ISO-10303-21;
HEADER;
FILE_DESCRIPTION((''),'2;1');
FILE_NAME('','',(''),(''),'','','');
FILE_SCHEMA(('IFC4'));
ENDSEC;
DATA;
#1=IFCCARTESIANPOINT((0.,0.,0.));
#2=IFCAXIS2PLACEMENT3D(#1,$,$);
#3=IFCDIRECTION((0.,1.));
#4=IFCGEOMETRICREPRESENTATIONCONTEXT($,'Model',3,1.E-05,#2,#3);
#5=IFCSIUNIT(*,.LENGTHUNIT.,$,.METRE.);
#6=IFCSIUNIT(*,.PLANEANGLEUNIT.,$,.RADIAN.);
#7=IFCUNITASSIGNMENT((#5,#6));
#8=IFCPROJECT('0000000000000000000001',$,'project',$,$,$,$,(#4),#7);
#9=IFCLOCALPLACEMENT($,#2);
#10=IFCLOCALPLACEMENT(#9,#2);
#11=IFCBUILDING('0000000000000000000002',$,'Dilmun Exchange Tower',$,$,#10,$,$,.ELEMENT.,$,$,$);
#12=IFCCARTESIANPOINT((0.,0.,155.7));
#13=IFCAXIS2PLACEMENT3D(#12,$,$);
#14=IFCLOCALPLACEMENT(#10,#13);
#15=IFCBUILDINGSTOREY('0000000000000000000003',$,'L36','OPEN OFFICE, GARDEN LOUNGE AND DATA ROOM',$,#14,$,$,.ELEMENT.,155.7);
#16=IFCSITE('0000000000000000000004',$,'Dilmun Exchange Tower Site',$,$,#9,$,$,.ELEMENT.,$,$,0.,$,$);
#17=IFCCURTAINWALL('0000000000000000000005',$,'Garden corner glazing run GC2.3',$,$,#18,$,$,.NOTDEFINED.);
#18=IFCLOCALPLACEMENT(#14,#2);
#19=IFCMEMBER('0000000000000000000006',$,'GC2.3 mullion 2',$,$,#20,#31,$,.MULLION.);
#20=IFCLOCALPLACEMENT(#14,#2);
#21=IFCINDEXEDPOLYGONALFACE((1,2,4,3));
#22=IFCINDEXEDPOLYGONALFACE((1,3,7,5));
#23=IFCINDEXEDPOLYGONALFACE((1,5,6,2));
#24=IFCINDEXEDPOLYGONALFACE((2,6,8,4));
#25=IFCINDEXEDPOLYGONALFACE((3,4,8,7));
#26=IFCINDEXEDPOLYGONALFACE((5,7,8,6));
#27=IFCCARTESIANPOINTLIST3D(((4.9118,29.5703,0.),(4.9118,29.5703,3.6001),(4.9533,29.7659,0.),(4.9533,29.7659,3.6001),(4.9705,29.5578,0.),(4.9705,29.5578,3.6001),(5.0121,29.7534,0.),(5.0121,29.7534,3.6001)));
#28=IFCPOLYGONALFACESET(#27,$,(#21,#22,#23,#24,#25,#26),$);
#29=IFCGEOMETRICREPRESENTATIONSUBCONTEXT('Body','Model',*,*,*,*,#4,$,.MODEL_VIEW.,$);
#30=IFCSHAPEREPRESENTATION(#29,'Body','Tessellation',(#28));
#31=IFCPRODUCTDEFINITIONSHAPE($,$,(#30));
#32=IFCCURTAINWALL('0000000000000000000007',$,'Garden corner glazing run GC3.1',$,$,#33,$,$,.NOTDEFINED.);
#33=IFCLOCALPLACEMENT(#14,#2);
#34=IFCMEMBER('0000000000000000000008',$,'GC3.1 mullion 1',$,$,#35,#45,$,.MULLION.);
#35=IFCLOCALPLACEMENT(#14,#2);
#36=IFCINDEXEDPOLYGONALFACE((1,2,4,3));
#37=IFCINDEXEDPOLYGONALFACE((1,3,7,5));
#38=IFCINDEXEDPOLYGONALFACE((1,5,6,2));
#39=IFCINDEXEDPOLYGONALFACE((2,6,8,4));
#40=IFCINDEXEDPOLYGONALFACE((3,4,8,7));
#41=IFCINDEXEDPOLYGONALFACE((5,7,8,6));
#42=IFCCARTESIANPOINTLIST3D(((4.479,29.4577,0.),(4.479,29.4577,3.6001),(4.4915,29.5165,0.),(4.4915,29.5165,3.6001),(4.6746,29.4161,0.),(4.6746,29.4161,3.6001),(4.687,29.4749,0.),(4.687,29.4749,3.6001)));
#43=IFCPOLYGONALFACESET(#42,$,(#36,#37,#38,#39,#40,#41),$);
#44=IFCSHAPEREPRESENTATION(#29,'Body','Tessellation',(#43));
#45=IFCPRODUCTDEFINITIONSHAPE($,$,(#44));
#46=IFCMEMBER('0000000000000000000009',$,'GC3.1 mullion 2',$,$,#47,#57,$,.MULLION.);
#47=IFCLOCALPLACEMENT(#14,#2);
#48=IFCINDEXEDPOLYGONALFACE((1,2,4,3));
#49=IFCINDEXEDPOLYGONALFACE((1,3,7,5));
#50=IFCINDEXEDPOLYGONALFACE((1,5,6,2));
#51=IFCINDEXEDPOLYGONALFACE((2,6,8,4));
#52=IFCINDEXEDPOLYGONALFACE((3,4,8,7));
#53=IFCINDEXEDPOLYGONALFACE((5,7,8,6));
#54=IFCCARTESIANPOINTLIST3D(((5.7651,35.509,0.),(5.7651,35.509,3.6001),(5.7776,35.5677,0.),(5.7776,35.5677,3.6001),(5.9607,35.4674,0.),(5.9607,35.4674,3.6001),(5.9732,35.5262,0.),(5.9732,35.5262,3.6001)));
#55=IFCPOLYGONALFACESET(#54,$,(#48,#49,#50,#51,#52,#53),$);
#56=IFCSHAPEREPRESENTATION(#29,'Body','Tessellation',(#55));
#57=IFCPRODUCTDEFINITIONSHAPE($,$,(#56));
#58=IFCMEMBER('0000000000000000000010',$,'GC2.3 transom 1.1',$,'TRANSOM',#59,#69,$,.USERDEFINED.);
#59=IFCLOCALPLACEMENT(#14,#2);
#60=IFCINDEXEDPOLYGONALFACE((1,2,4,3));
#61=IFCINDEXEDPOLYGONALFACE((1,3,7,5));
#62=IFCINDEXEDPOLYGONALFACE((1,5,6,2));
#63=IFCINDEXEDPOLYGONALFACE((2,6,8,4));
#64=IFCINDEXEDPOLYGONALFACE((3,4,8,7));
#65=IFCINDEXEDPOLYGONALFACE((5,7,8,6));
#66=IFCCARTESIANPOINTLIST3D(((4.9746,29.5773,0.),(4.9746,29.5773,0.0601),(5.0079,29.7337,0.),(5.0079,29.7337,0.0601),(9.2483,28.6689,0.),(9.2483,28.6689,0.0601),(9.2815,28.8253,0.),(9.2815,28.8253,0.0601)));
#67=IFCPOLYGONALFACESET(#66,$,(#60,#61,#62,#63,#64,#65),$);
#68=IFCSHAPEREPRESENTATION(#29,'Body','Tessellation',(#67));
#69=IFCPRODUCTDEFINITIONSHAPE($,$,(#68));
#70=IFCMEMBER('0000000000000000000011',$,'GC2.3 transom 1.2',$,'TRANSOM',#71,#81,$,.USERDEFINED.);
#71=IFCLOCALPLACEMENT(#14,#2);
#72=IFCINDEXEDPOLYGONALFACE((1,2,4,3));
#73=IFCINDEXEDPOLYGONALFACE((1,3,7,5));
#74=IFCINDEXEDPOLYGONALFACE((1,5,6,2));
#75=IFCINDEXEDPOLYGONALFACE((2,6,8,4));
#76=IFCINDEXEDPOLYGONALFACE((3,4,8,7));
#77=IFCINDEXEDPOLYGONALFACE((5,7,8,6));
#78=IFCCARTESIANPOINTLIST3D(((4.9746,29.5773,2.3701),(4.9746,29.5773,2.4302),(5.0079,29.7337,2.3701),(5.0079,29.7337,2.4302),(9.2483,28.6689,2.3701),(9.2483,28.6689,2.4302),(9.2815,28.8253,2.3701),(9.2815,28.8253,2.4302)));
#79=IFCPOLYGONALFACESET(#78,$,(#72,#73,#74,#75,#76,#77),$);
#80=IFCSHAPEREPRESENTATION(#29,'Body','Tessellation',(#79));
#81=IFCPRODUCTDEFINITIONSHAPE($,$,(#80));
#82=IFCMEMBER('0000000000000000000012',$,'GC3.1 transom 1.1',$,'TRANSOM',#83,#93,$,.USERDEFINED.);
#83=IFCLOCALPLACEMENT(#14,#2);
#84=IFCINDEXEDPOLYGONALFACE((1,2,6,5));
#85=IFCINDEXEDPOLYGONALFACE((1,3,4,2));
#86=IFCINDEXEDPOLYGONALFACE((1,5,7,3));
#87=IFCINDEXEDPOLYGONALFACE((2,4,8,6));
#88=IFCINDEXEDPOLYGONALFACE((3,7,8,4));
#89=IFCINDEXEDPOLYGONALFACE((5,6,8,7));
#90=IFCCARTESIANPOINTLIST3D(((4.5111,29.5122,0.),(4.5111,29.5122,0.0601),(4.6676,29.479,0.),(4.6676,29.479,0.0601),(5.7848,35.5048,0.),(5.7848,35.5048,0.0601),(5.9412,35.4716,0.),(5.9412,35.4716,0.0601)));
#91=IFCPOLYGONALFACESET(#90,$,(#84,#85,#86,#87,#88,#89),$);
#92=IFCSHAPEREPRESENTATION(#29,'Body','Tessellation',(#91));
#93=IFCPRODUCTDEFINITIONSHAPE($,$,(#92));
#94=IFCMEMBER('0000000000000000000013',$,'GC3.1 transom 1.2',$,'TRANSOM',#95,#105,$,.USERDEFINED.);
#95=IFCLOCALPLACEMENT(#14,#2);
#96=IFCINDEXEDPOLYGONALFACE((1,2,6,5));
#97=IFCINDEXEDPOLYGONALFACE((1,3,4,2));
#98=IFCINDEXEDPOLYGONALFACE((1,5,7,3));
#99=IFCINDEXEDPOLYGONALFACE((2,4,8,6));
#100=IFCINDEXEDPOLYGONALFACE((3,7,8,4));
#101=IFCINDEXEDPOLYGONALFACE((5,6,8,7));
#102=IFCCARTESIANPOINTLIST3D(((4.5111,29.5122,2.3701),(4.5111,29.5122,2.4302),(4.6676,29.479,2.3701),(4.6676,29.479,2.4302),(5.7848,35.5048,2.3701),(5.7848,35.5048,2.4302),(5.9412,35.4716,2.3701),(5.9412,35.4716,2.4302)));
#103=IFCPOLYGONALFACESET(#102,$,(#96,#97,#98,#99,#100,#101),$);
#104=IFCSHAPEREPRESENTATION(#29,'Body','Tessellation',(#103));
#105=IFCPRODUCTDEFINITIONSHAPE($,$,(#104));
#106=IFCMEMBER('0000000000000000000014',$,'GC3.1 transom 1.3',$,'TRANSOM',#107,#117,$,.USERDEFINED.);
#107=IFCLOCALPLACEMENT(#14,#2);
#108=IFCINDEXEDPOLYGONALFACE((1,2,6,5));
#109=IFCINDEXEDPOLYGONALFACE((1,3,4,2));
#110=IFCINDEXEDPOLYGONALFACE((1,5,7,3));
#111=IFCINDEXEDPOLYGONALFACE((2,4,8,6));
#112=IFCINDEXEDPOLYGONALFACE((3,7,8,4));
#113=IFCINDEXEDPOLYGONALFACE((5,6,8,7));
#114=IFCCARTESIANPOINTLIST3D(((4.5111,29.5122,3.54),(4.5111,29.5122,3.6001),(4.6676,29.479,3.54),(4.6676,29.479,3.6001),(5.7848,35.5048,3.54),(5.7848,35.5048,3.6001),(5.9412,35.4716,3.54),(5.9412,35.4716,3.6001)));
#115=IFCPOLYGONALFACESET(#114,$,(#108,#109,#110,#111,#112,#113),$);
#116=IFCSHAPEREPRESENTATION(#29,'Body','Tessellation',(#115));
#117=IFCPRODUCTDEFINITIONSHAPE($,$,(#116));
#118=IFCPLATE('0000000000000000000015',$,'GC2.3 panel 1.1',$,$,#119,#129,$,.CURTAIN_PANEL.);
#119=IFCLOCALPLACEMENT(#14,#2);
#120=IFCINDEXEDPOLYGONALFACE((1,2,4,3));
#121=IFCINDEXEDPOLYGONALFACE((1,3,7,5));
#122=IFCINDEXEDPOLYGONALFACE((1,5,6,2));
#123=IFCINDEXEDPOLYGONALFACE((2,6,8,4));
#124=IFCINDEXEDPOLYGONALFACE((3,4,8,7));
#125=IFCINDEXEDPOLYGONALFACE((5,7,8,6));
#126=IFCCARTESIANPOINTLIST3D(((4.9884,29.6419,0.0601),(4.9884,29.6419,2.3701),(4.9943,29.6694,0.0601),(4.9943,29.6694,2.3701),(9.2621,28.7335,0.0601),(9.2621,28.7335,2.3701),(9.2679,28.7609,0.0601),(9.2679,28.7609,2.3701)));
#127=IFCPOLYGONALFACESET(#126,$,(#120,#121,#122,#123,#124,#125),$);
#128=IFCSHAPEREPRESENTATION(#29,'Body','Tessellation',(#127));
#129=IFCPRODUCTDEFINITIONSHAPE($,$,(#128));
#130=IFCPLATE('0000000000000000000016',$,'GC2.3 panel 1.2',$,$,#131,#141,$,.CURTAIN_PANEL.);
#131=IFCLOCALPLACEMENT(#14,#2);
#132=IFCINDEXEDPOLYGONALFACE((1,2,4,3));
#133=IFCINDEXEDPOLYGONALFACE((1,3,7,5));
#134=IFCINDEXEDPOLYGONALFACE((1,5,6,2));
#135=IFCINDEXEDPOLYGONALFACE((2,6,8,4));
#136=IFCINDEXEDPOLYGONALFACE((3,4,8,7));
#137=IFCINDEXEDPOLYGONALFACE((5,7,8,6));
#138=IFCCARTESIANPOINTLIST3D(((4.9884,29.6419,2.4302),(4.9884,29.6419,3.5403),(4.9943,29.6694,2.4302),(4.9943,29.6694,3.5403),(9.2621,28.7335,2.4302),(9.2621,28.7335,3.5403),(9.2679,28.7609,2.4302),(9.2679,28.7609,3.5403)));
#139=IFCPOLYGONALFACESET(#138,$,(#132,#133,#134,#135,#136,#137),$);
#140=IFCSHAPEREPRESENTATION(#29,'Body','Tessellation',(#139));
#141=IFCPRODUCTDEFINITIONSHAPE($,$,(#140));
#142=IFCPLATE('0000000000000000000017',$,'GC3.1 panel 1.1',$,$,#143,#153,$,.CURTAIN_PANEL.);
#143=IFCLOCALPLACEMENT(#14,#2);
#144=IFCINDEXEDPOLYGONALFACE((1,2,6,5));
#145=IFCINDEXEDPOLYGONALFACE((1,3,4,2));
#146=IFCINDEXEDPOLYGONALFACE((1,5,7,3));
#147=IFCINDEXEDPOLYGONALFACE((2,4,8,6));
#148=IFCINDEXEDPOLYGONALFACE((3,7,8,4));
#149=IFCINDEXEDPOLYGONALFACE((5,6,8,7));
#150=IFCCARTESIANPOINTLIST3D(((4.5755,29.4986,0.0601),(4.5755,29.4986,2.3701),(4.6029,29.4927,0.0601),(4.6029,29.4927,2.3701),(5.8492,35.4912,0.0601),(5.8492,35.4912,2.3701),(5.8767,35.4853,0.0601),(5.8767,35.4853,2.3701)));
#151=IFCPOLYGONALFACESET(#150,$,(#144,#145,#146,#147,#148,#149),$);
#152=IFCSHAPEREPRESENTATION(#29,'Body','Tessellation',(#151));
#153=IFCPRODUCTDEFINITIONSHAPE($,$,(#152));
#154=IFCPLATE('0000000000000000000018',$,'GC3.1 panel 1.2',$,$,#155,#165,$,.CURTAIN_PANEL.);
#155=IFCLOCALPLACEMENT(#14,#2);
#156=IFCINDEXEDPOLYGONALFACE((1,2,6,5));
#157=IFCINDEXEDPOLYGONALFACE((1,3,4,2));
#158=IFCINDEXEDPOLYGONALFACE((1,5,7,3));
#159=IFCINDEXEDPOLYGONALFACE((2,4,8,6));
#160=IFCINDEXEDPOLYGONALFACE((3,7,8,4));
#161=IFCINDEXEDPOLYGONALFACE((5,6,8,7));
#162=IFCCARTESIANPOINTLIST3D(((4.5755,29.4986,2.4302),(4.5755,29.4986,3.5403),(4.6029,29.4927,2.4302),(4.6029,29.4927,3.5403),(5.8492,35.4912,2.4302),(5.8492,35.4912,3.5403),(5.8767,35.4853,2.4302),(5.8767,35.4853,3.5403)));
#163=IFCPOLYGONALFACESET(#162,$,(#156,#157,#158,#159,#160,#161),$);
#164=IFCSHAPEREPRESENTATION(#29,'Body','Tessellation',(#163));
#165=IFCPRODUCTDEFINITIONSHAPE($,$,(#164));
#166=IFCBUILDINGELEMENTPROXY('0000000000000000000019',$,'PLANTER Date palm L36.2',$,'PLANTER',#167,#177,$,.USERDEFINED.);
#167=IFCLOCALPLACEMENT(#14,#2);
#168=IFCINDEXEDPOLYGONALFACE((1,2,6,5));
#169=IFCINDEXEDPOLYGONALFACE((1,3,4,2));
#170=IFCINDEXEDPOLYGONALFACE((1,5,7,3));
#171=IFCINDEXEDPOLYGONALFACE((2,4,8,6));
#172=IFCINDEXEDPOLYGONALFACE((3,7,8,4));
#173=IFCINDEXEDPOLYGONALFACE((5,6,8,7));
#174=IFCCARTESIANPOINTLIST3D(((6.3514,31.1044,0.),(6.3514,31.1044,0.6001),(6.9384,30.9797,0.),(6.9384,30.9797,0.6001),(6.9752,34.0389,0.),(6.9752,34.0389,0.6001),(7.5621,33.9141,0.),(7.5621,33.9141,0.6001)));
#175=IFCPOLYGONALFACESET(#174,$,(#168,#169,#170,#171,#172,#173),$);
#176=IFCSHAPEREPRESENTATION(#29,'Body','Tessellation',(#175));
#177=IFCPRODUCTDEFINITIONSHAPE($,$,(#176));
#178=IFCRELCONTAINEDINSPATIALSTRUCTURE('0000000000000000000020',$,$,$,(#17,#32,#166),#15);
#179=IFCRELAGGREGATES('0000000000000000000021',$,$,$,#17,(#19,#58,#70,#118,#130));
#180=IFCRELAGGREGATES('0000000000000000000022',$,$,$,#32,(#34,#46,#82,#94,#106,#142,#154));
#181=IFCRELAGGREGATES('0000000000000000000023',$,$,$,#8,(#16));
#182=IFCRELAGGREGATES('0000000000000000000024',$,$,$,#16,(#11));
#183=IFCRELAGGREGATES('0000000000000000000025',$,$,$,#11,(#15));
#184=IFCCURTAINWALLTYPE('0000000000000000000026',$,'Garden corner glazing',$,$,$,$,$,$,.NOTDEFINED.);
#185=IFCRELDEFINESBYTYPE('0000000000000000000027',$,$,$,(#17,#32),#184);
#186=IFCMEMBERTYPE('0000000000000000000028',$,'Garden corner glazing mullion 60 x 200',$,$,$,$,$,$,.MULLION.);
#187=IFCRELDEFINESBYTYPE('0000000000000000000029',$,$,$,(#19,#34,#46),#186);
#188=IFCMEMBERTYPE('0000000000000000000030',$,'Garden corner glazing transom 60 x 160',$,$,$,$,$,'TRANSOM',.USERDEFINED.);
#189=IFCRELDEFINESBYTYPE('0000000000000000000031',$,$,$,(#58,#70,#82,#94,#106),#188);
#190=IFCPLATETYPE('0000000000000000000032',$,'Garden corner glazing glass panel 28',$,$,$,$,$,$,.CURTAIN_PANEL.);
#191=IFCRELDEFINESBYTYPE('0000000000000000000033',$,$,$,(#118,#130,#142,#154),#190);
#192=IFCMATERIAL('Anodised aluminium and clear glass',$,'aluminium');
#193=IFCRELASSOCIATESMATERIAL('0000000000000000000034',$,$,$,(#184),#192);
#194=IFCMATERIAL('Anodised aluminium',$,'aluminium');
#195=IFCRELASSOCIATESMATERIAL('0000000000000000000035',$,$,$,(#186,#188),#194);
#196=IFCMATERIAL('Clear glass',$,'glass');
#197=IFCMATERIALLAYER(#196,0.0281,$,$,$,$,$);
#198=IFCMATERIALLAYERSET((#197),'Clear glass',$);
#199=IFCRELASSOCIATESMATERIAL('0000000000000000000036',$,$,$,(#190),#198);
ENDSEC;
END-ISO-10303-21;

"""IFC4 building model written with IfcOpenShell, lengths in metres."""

from ifc_helpers import new_model, si_unit, direction, frame, origin, origin_2d, place, context, subcontext, project, spatial, rectangle, extrude, material, layer, layer_set, material_profile, profile_set, type_object, element, aggregate, save


model = new_model("IFC4")

# Units and contexts
model_context = context("Model", 3, precision=1e-05, world=origin(), true_north=direction((0.0, 1.0)))
body_context = subcontext(model_context, "Body", "Model", "MODEL_VIEW")
ifc_project = project(units=[si_unit("LENGTHUNIT", "METRE"), si_unit("PLANEANGLEUNIT", "RADIAN")], contexts=[model_context])

# Site, building, storey
site_placement = place(None, origin())
site = spatial("IfcSite", under=ifc_project, at=site_placement, Name="Dilmun Exchange Tower Site", CompositionType="ELEMENT", RefElevation=0.0)
building_placement = place(site_placement, origin())
building = spatial("IfcBuilding", under=site, at=building_placement, Name="Dilmun Exchange Tower", CompositionType="ELEMENT")
storey_placement = place(building_placement, frame((0.0, 0.0, 155.7)))
storey = spatial("IfcBuildingStorey", under=building, at=storey_placement, Name="L36", Description="OPEN OFFICE, GARDEN LOUNGE AND DATA ROOM", CompositionType="ELEMENT", Elevation=155.7)

# Curtain wall, member
ifc_material_1 = material(Name="Anodised aluminium and clear glass", Category="aluminium")
curtain_wall_type = type_object("IfcCurtainWallType", Name="Garden corner glazing", PredefinedType="NOTDEFINED", material=ifc_material_1)
curtain_wall_1_placement = place(storey_placement, origin())
curtain_wall_1 = element("IfcCurtainWall", 1, at=curtain_wall_1_placement, inside=storey, type_object=curtain_wall_type, Name="Garden corner glazing run GC2.3", PredefinedType="NOTDEFINED")
ifc_material_2 = material(Name="Anodised aluminium", Category="aluminium")
ifc_material_profile_1 = material_profile(ifc_material_2, rectangle(XDim=0.2, YDim=0.0601, at=origin_2d()), Name="AL 60x200")
ifc_profile_set_1 = profile_set([ifc_material_profile_1], Name="Anodised aluminium")
member_type_1 = type_object("IfcMemberType", Name="Garden corner glazing mullion 60 x 200", PredefinedType="MULLION", material=ifc_profile_set_1)
member_1_placement = place(storey_placement, frame((4.9619, 29.6619, 0.0), z_axis=(0.0, 0.0, 1.0), x_axis=(-0.207925, -0.978145, 0.0)))
member_1 = element("IfcMember", 2, at=member_1_placement, type_object=member_type_1, Name="GC2.3 mullion 2", PredefinedType="MULLION", context=body_context, shape_type="SweptSolid", body=[
    extrude(rectangle(XDim=0.2, YDim=0.0601, at=origin_2d()), origin(), (0.0, 0.0, 1.0), 3.6001),
])

# Curtain wall, members
curtain_wall_2_placement = place(storey_placement, origin())
curtain_wall_2 = element("IfcCurtainWall", 3, at=curtain_wall_2_placement, inside=storey, type_object=curtain_wall_type, Name="Garden corner glazing run GC3.1", PredefinedType="NOTDEFINED")
member_2_placement = place(storey_placement, frame((4.583, 29.4663, 0.0), z_axis=(0.0, 0.0, 1.0), x_axis=(-0.978148, 0.207912, 0.0)))
member_2 = element("IfcMember", 4, at=member_2_placement, type_object=member_type_1, Name="GC3.1 mullion 1", PredefinedType="MULLION", context=body_context, shape_type="SweptSolid", body=[
    extrude(rectangle(XDim=0.2, YDim=0.0601, at=origin_2d()), origin(), (0.0, 0.0, 1.0), 3.6001),
])
member_3_placement = place(storey_placement, frame((5.8691, 35.5176, 0.0), z_axis=(0.0, 0.0, 1.0), x_axis=(-0.978148, 0.207912, 0.0)))
member_3 = element("IfcMember", 5, at=member_3_placement, type_object=member_type_1, Name="GC3.1 mullion 2", PredefinedType="MULLION", context=body_context, shape_type="SweptSolid", body=[
    extrude(rectangle(XDim=0.2, YDim=0.0601, at=origin_2d()), origin(), (0.0, 0.0, 1.0), 3.6001),
])

# Members
ifc_material_profile_2 = material_profile(ifc_material_2, rectangle(XDim=0.1599, YDim=0.0601, at=origin_2d()), Name="AL 60x160")
ifc_profile_set_2 = profile_set([ifc_material_profile_2], Name="Anodised aluminium")
member_type_2 = type_object("IfcMemberType", Name="Garden corner glazing transom 60 x 160", ElementType="TRANSOM", PredefinedType="USERDEFINED", material=ifc_profile_set_2)
member_4_placement = place(storey_placement, frame((9.2649, 28.7471, 0.03), z_axis=(-0.978145, 0.207922, 0.0), x_axis=(-0.207922, -0.978145, 0.0)))
member_4 = element("IfcMember", 6, at=member_4_placement, type_object=member_type_2, Name="GC2.3 transom 1.1", ObjectType="TRANSOM", PredefinedType="USERDEFINED", context=body_context, shape_type="SweptSolid", body=[
    extrude(rectangle(XDim=0.1599, YDim=0.0601, at=origin_2d()), origin(), (0.0, 0.0, 1.0), 4.3691),
])
member_5_placement = place(storey_placement, frame((9.2649, 28.7471, 2.4001), z_axis=(-0.978145, 0.207922, 0.0), x_axis=(-0.207922, -0.978145, 0.0)))
member_5 = element("IfcMember", 7, at=member_5_placement, type_object=member_type_2, Name="GC2.3 transom 1.2", ObjectType="TRANSOM", PredefinedType="USERDEFINED", context=body_context, shape_type="SweptSolid", body=[
    extrude(rectangle(XDim=0.1599, YDim=0.0601, at=origin_2d()), origin(), (0.0, 0.0, 1.0), 4.3691),
])
member_6_placement = place(storey_placement, frame((4.5894, 29.4956, 0.03), z_axis=(0.207896, 0.978151, 0.0), x_axis=(-0.978151, 0.207896, 0.0)))
member_6 = element("IfcMember", 8, at=member_6_placement, type_object=member_type_2, Name="GC3.1 transom 1.1", ObjectType="TRANSOM", PredefinedType="USERDEFINED", context=body_context, shape_type="SweptSolid", body=[
    extrude(rectangle(XDim=0.1599, YDim=0.0601, at=origin_2d()), origin(), (0.0, 0.0, 1.0), 6.1265),
])
member_7_placement = place(storey_placement, frame((4.5894, 29.4956, 2.4001), z_axis=(0.207896, 0.978151, 0.0), x_axis=(-0.978151, 0.207896, 0.0)))
member_7 = element("IfcMember", 9, at=member_7_placement, type_object=member_type_2, Name="GC3.1 transom 1.2", ObjectType="TRANSOM", PredefinedType="USERDEFINED", context=body_context, shape_type="SweptSolid", body=[
    extrude(rectangle(XDim=0.1599, YDim=0.0601, at=origin_2d()), origin(), (0.0, 0.0, 1.0), 6.1265),
])
member_8_placement = place(storey_placement, frame((4.5894, 29.4956, 3.5701), z_axis=(0.207896, 0.978151, 0.0), x_axis=(-0.978151, 0.207896, 0.0)))
member_8 = element("IfcMember", 10, at=member_8_placement, type_object=member_type_2, Name="GC3.1 transom 1.3", ObjectType="TRANSOM", PredefinedType="USERDEFINED", context=body_context, shape_type="SweptSolid", body=[
    extrude(rectangle(XDim=0.1599, YDim=0.0601, at=origin_2d()), origin(), (0.0, 0.0, 1.0), 6.1265),
])

# Plates
ifc_material_3 = material(Name="Clear glass", Category="glass")
ifc_layer_1 = layer(ifc_material_3, 0.0281)
ifc_layer_set_1 = layer_set([ifc_layer_1], Name="Clear glass")
plate_type = type_object("IfcPlateType", Name="Garden corner glazing glass panel 28", PredefinedType="CURTAIN_PANEL", material=ifc_layer_set_1)
plate_1_placement = place(storey_placement, frame((7.1282, 29.2014, 0.0601), z_axis=(0.0, 0.0, 1.0), x_axis=(-0.978145, 0.207925, 0.0)))
plate_1 = element("IfcPlate", 11, at=plate_1_placement, type_object=plate_type, Name="GC2.3 panel 1.1", PredefinedType="CURTAIN_PANEL", context=body_context, shape_type="SweptSolid", body=[
    extrude(rectangle(XDim=4.3691, YDim=0.0281, at=origin_2d()), origin(), (0.0, 0.0, 1.0), 2.3101),
])
plate_2_placement = place(storey_placement, frame((7.1282, 29.2014, 2.4302), z_axis=(0.0, 0.0, 1.0), x_axis=(-0.978145, 0.207925, 0.0)))
plate_2 = element("IfcPlate", 12, at=plate_2_placement, type_object=plate_type, Name="GC2.3 panel 1.2", PredefinedType="CURTAIN_PANEL", context=body_context, shape_type="SweptSolid", body=[
    extrude(rectangle(XDim=4.3691, YDim=0.0281, at=origin_2d()), origin(), (0.0, 0.0, 1.0), 1.1101),
])
aggregate(curtain_wall_1, [member_1, member_4, member_5, plate_1, plate_2])
plate_3_placement = place(storey_placement, frame((5.2261, 32.4919, 0.0601), z_axis=(0.0, 0.0, 1.0), x_axis=(0.207912, 0.978148, 0.0)))
plate_3 = element("IfcPlate", 13, at=plate_3_placement, type_object=plate_type, Name="GC3.1 panel 1.1", PredefinedType="CURTAIN_PANEL", context=body_context, shape_type="SweptSolid", body=[
    extrude(rectangle(XDim=6.1265, YDim=0.0281, at=origin_2d()), origin(), (0.0, 0.0, 1.0), 2.3101),
])
plate_4_placement = place(storey_placement, frame((5.2261, 32.4919, 2.4302), z_axis=(0.0, 0.0, 1.0), x_axis=(0.207912, 0.978148, 0.0)))
plate_4 = element("IfcPlate", 14, at=plate_4_placement, type_object=plate_type, Name="GC3.1 panel 1.2", PredefinedType="CURTAIN_PANEL", context=body_context, shape_type="SweptSolid", body=[
    extrude(rectangle(XDim=6.1265, YDim=0.0281, at=origin_2d()), origin(), (0.0, 0.0, 1.0), 1.1101),
])
aggregate(curtain_wall_2, [member_2, member_3, member_6, member_7, member_8, plate_3, plate_4])

# Building element proxy
proxy_placement = place(storey_placement, frame((6.9568, 32.5093, 0.0), z_axis=(0.0, 0.0, 1.0), x_axis=(0.207912, 0.978148, 0.0)))
element("IfcBuildingElementProxy", 15, at=proxy_placement, inside=storey, Name="PLANTER Date palm L36.2", ObjectType="PLANTER", PredefinedType="USERDEFINED", context=body_context, shape_type="SweptSolid", body=[
    extrude(rectangle(XDim=3.0, YDim=0.6001, at=origin_2d()), origin(), (0.0, 0.0, 1.0), 0.6001),
])

save(model, "model.ifc")
